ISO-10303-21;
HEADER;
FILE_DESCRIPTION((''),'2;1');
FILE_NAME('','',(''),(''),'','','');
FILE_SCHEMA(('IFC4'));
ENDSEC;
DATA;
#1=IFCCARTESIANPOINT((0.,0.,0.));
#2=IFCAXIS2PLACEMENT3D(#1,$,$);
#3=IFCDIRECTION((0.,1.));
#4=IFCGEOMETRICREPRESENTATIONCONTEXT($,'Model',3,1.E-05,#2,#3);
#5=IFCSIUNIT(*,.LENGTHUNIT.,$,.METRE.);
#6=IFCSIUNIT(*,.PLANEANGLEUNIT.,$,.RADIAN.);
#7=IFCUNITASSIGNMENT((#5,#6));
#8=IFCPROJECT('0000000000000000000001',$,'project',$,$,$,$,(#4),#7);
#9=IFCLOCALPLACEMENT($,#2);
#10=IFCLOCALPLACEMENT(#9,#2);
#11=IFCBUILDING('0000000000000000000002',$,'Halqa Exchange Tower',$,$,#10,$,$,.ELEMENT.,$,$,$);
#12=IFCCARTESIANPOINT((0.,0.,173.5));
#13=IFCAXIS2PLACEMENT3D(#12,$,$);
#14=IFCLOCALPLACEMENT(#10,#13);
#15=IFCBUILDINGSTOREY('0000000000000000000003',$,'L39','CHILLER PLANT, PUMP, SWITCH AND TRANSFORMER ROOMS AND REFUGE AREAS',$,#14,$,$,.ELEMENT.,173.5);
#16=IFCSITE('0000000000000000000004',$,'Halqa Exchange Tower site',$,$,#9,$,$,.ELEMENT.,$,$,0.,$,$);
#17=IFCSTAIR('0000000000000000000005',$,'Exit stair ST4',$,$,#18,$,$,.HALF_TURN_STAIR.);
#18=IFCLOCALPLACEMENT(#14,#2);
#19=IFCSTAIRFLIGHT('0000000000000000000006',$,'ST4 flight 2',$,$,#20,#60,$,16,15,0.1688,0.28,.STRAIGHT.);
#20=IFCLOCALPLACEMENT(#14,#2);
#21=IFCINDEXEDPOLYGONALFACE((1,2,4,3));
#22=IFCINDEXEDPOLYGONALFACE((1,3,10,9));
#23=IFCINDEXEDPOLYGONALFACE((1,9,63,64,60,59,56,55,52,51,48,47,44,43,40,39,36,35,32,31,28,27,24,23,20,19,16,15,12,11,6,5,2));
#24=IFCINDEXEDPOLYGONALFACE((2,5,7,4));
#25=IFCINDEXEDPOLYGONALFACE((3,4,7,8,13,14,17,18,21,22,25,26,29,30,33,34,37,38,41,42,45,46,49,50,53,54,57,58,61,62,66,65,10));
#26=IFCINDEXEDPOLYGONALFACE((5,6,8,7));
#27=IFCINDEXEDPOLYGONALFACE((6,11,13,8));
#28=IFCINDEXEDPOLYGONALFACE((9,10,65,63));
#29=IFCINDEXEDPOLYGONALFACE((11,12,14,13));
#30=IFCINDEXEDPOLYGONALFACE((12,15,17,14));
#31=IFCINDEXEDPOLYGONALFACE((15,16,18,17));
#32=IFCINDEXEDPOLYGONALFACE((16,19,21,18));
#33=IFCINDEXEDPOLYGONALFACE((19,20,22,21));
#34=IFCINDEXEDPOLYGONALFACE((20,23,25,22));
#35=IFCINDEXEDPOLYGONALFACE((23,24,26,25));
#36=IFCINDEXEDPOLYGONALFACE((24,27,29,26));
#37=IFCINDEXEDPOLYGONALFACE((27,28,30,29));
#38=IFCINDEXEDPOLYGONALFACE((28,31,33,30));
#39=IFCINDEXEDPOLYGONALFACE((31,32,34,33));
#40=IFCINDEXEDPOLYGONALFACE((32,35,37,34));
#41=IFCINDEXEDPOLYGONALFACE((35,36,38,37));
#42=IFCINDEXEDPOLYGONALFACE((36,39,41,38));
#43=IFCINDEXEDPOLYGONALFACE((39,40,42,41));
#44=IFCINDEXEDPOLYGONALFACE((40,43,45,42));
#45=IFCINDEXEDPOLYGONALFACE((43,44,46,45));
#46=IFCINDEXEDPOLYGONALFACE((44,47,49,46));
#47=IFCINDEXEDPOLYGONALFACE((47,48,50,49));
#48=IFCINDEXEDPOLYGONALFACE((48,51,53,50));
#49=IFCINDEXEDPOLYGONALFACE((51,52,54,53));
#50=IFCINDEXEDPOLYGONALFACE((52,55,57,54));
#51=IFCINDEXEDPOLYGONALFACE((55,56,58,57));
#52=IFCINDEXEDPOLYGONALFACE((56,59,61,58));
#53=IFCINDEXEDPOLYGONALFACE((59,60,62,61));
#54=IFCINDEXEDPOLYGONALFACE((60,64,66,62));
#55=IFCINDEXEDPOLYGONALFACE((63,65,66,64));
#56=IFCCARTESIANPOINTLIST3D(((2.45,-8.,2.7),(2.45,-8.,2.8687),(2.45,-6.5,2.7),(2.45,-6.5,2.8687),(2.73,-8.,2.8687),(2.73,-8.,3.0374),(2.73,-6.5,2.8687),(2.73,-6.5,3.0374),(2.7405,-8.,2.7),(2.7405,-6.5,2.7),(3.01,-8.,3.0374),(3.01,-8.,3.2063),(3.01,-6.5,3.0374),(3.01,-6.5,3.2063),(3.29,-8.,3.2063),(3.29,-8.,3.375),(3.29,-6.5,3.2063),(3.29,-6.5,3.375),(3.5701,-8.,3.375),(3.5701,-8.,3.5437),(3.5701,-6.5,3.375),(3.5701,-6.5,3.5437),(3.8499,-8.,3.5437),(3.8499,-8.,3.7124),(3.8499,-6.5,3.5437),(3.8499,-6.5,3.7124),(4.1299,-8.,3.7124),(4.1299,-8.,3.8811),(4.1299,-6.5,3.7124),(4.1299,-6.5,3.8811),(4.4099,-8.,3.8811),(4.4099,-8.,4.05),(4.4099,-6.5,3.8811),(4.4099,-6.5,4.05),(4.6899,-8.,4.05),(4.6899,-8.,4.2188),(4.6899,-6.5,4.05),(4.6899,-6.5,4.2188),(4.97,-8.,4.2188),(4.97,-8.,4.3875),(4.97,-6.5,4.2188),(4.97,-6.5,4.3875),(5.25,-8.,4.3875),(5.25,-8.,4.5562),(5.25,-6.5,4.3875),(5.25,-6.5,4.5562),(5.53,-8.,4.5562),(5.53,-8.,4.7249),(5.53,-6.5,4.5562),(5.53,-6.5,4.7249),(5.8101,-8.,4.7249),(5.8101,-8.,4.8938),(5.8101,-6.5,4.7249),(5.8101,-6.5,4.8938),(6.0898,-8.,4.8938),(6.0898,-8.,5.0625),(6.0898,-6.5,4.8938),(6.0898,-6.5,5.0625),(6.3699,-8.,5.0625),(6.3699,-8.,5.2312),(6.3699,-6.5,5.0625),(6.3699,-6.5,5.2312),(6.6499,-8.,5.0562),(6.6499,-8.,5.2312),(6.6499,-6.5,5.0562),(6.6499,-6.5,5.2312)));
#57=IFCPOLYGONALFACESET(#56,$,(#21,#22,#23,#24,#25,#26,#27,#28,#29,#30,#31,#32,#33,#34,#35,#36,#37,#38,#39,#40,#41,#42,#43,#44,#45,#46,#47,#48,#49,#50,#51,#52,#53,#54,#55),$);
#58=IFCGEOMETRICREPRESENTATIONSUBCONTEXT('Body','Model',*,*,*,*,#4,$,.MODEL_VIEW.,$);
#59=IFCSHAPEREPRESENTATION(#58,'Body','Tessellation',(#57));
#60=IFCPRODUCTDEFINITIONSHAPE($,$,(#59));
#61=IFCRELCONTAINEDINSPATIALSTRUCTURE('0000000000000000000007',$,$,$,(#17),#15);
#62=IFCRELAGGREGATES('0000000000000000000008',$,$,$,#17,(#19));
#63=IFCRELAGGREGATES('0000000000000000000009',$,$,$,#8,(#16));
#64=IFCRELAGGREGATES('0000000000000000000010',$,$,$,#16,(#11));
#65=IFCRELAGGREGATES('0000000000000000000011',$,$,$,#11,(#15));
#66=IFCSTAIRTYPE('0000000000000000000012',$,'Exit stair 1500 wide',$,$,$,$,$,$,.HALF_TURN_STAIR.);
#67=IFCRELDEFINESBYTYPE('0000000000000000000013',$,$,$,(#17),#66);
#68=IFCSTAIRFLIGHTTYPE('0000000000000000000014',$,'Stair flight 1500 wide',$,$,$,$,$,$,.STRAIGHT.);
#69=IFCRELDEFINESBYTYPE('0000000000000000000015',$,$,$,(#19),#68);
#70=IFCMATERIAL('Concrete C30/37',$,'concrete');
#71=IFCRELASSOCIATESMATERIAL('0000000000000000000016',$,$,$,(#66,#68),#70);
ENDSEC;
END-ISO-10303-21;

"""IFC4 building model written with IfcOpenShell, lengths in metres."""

from ifc_helpers import new_model, si_unit, direction, frame, origin, place, context, subcontext, project, spatial, polyline, outline, extrude, material, type_object, element, aggregate, save


model = new_model("IFC4")

# Units and contexts
model_context = context("Model", 3, precision=1e-05, world=origin(), true_north=direction((0.0, 1.0)))
body_context = subcontext(model_context, "Body", "Model", "MODEL_VIEW")
ifc_project = project(units=[si_unit("LENGTHUNIT", "METRE"), si_unit("PLANEANGLEUNIT", "RADIAN")], contexts=[model_context])

# Site, building, storey
site_placement = place(None, origin())
site = spatial("IfcSite", under=ifc_project, at=site_placement, Name="Halqa Exchange Tower site", CompositionType="ELEMENT", RefElevation=0.0)
building_placement = place(site_placement, origin())
building = spatial("IfcBuilding", under=site, at=building_placement, Name="Halqa Exchange Tower", CompositionType="ELEMENT")
storey_placement = place(building_placement, frame((0.0, 0.0, 173.5)))
storey = spatial("IfcBuildingStorey", under=building, at=storey_placement, Name="L39", Description="CHILLER PLANT, PUMP, SWITCH AND TRANSFORMER ROOMS AND REFUGE AREAS", CompositionType="ELEMENT", Elevation=173.5)

# Shared definitions
ifc_material_1 = material(Name="Concrete C30/37", Category="concrete")
stair_type = type_object("IfcStairType", Name="Exit stair 1500 wide", PredefinedType="HALF_TURN_STAIR", material=ifc_material_1)

# Stair, stair flight
stair_1_placement = place(storey_placement, origin())
stair_1 = element("IfcStair", 1, at=stair_1_placement, inside=storey, type_object=stair_type, Name="Exit stair ST4", PredefinedType="HALF_TURN_STAIR")
stair_flight_type = type_object("IfcStairFlightType", Name="Stair flight 1500 wide", PredefinedType="STRAIGHT", material=ifc_material_1)
stair_flight_1_placement = place(storey_placement, frame((2.45, -7.25, 2.7), z_axis=(0.0, 0.0, 1.0), x_axis=(1.0, 0.0, 0.0)))
stair_flight_1 = element("IfcStairFlight", 2, at=stair_flight_1_placement, type_object=stair_flight_type, Name="ST4 flight 2", NumberOfRisers=16, NumberOfTreads=15, PredefinedType="STRAIGHT", RiserHeight=0.1688, TreadLength=0.28, context=body_context, shape_type="SweptSolid", body=[
    extrude(outline(polyline([(0.0, 0.0), (0.0, 0.1687), (0.28, 0.1687), (0.28, 0.3374), (0.5601, 0.3374), (0.5601, 0.5063), (0.8401, 0.5063), (0.8401, 0.675), (1.1201, 0.675), (1.1201, 0.8438), (1.3999, 0.8438), (1.3999, 1.0125), (1.6799, 1.0125), (1.6799, 1.1812), (1.96, 1.1812), (1.96, 1.3501), (2.24, 1.3501), (2.24, 1.5188), (2.52, 1.5188), (2.52, 1.6875), (2.8, 1.6875), (2.8, 1.8562), (3.0801, 1.8562), (3.0801, 2.0249), (3.3601, 2.0249), (3.3601, 2.1938), (3.6399, 2.1938), (3.6399, 2.3625), (3.9199, 2.3625), (3.9199, 2.5312), (4.2, 2.5312), (4.2, 2.7), (4.2, 2.3562), (0.2905, 0.0), (0.0, 0.0)])), frame((0.0, 0.75, 0.0), z_axis=(0.0, -1.0, 0.0), x_axis=(1.0, 0.0, 0.0)), (0.0, 0.0, 1.0), 1.5),
])
aggregate(stair_1, [stair_flight_1])

save(model, "model.ifc")
